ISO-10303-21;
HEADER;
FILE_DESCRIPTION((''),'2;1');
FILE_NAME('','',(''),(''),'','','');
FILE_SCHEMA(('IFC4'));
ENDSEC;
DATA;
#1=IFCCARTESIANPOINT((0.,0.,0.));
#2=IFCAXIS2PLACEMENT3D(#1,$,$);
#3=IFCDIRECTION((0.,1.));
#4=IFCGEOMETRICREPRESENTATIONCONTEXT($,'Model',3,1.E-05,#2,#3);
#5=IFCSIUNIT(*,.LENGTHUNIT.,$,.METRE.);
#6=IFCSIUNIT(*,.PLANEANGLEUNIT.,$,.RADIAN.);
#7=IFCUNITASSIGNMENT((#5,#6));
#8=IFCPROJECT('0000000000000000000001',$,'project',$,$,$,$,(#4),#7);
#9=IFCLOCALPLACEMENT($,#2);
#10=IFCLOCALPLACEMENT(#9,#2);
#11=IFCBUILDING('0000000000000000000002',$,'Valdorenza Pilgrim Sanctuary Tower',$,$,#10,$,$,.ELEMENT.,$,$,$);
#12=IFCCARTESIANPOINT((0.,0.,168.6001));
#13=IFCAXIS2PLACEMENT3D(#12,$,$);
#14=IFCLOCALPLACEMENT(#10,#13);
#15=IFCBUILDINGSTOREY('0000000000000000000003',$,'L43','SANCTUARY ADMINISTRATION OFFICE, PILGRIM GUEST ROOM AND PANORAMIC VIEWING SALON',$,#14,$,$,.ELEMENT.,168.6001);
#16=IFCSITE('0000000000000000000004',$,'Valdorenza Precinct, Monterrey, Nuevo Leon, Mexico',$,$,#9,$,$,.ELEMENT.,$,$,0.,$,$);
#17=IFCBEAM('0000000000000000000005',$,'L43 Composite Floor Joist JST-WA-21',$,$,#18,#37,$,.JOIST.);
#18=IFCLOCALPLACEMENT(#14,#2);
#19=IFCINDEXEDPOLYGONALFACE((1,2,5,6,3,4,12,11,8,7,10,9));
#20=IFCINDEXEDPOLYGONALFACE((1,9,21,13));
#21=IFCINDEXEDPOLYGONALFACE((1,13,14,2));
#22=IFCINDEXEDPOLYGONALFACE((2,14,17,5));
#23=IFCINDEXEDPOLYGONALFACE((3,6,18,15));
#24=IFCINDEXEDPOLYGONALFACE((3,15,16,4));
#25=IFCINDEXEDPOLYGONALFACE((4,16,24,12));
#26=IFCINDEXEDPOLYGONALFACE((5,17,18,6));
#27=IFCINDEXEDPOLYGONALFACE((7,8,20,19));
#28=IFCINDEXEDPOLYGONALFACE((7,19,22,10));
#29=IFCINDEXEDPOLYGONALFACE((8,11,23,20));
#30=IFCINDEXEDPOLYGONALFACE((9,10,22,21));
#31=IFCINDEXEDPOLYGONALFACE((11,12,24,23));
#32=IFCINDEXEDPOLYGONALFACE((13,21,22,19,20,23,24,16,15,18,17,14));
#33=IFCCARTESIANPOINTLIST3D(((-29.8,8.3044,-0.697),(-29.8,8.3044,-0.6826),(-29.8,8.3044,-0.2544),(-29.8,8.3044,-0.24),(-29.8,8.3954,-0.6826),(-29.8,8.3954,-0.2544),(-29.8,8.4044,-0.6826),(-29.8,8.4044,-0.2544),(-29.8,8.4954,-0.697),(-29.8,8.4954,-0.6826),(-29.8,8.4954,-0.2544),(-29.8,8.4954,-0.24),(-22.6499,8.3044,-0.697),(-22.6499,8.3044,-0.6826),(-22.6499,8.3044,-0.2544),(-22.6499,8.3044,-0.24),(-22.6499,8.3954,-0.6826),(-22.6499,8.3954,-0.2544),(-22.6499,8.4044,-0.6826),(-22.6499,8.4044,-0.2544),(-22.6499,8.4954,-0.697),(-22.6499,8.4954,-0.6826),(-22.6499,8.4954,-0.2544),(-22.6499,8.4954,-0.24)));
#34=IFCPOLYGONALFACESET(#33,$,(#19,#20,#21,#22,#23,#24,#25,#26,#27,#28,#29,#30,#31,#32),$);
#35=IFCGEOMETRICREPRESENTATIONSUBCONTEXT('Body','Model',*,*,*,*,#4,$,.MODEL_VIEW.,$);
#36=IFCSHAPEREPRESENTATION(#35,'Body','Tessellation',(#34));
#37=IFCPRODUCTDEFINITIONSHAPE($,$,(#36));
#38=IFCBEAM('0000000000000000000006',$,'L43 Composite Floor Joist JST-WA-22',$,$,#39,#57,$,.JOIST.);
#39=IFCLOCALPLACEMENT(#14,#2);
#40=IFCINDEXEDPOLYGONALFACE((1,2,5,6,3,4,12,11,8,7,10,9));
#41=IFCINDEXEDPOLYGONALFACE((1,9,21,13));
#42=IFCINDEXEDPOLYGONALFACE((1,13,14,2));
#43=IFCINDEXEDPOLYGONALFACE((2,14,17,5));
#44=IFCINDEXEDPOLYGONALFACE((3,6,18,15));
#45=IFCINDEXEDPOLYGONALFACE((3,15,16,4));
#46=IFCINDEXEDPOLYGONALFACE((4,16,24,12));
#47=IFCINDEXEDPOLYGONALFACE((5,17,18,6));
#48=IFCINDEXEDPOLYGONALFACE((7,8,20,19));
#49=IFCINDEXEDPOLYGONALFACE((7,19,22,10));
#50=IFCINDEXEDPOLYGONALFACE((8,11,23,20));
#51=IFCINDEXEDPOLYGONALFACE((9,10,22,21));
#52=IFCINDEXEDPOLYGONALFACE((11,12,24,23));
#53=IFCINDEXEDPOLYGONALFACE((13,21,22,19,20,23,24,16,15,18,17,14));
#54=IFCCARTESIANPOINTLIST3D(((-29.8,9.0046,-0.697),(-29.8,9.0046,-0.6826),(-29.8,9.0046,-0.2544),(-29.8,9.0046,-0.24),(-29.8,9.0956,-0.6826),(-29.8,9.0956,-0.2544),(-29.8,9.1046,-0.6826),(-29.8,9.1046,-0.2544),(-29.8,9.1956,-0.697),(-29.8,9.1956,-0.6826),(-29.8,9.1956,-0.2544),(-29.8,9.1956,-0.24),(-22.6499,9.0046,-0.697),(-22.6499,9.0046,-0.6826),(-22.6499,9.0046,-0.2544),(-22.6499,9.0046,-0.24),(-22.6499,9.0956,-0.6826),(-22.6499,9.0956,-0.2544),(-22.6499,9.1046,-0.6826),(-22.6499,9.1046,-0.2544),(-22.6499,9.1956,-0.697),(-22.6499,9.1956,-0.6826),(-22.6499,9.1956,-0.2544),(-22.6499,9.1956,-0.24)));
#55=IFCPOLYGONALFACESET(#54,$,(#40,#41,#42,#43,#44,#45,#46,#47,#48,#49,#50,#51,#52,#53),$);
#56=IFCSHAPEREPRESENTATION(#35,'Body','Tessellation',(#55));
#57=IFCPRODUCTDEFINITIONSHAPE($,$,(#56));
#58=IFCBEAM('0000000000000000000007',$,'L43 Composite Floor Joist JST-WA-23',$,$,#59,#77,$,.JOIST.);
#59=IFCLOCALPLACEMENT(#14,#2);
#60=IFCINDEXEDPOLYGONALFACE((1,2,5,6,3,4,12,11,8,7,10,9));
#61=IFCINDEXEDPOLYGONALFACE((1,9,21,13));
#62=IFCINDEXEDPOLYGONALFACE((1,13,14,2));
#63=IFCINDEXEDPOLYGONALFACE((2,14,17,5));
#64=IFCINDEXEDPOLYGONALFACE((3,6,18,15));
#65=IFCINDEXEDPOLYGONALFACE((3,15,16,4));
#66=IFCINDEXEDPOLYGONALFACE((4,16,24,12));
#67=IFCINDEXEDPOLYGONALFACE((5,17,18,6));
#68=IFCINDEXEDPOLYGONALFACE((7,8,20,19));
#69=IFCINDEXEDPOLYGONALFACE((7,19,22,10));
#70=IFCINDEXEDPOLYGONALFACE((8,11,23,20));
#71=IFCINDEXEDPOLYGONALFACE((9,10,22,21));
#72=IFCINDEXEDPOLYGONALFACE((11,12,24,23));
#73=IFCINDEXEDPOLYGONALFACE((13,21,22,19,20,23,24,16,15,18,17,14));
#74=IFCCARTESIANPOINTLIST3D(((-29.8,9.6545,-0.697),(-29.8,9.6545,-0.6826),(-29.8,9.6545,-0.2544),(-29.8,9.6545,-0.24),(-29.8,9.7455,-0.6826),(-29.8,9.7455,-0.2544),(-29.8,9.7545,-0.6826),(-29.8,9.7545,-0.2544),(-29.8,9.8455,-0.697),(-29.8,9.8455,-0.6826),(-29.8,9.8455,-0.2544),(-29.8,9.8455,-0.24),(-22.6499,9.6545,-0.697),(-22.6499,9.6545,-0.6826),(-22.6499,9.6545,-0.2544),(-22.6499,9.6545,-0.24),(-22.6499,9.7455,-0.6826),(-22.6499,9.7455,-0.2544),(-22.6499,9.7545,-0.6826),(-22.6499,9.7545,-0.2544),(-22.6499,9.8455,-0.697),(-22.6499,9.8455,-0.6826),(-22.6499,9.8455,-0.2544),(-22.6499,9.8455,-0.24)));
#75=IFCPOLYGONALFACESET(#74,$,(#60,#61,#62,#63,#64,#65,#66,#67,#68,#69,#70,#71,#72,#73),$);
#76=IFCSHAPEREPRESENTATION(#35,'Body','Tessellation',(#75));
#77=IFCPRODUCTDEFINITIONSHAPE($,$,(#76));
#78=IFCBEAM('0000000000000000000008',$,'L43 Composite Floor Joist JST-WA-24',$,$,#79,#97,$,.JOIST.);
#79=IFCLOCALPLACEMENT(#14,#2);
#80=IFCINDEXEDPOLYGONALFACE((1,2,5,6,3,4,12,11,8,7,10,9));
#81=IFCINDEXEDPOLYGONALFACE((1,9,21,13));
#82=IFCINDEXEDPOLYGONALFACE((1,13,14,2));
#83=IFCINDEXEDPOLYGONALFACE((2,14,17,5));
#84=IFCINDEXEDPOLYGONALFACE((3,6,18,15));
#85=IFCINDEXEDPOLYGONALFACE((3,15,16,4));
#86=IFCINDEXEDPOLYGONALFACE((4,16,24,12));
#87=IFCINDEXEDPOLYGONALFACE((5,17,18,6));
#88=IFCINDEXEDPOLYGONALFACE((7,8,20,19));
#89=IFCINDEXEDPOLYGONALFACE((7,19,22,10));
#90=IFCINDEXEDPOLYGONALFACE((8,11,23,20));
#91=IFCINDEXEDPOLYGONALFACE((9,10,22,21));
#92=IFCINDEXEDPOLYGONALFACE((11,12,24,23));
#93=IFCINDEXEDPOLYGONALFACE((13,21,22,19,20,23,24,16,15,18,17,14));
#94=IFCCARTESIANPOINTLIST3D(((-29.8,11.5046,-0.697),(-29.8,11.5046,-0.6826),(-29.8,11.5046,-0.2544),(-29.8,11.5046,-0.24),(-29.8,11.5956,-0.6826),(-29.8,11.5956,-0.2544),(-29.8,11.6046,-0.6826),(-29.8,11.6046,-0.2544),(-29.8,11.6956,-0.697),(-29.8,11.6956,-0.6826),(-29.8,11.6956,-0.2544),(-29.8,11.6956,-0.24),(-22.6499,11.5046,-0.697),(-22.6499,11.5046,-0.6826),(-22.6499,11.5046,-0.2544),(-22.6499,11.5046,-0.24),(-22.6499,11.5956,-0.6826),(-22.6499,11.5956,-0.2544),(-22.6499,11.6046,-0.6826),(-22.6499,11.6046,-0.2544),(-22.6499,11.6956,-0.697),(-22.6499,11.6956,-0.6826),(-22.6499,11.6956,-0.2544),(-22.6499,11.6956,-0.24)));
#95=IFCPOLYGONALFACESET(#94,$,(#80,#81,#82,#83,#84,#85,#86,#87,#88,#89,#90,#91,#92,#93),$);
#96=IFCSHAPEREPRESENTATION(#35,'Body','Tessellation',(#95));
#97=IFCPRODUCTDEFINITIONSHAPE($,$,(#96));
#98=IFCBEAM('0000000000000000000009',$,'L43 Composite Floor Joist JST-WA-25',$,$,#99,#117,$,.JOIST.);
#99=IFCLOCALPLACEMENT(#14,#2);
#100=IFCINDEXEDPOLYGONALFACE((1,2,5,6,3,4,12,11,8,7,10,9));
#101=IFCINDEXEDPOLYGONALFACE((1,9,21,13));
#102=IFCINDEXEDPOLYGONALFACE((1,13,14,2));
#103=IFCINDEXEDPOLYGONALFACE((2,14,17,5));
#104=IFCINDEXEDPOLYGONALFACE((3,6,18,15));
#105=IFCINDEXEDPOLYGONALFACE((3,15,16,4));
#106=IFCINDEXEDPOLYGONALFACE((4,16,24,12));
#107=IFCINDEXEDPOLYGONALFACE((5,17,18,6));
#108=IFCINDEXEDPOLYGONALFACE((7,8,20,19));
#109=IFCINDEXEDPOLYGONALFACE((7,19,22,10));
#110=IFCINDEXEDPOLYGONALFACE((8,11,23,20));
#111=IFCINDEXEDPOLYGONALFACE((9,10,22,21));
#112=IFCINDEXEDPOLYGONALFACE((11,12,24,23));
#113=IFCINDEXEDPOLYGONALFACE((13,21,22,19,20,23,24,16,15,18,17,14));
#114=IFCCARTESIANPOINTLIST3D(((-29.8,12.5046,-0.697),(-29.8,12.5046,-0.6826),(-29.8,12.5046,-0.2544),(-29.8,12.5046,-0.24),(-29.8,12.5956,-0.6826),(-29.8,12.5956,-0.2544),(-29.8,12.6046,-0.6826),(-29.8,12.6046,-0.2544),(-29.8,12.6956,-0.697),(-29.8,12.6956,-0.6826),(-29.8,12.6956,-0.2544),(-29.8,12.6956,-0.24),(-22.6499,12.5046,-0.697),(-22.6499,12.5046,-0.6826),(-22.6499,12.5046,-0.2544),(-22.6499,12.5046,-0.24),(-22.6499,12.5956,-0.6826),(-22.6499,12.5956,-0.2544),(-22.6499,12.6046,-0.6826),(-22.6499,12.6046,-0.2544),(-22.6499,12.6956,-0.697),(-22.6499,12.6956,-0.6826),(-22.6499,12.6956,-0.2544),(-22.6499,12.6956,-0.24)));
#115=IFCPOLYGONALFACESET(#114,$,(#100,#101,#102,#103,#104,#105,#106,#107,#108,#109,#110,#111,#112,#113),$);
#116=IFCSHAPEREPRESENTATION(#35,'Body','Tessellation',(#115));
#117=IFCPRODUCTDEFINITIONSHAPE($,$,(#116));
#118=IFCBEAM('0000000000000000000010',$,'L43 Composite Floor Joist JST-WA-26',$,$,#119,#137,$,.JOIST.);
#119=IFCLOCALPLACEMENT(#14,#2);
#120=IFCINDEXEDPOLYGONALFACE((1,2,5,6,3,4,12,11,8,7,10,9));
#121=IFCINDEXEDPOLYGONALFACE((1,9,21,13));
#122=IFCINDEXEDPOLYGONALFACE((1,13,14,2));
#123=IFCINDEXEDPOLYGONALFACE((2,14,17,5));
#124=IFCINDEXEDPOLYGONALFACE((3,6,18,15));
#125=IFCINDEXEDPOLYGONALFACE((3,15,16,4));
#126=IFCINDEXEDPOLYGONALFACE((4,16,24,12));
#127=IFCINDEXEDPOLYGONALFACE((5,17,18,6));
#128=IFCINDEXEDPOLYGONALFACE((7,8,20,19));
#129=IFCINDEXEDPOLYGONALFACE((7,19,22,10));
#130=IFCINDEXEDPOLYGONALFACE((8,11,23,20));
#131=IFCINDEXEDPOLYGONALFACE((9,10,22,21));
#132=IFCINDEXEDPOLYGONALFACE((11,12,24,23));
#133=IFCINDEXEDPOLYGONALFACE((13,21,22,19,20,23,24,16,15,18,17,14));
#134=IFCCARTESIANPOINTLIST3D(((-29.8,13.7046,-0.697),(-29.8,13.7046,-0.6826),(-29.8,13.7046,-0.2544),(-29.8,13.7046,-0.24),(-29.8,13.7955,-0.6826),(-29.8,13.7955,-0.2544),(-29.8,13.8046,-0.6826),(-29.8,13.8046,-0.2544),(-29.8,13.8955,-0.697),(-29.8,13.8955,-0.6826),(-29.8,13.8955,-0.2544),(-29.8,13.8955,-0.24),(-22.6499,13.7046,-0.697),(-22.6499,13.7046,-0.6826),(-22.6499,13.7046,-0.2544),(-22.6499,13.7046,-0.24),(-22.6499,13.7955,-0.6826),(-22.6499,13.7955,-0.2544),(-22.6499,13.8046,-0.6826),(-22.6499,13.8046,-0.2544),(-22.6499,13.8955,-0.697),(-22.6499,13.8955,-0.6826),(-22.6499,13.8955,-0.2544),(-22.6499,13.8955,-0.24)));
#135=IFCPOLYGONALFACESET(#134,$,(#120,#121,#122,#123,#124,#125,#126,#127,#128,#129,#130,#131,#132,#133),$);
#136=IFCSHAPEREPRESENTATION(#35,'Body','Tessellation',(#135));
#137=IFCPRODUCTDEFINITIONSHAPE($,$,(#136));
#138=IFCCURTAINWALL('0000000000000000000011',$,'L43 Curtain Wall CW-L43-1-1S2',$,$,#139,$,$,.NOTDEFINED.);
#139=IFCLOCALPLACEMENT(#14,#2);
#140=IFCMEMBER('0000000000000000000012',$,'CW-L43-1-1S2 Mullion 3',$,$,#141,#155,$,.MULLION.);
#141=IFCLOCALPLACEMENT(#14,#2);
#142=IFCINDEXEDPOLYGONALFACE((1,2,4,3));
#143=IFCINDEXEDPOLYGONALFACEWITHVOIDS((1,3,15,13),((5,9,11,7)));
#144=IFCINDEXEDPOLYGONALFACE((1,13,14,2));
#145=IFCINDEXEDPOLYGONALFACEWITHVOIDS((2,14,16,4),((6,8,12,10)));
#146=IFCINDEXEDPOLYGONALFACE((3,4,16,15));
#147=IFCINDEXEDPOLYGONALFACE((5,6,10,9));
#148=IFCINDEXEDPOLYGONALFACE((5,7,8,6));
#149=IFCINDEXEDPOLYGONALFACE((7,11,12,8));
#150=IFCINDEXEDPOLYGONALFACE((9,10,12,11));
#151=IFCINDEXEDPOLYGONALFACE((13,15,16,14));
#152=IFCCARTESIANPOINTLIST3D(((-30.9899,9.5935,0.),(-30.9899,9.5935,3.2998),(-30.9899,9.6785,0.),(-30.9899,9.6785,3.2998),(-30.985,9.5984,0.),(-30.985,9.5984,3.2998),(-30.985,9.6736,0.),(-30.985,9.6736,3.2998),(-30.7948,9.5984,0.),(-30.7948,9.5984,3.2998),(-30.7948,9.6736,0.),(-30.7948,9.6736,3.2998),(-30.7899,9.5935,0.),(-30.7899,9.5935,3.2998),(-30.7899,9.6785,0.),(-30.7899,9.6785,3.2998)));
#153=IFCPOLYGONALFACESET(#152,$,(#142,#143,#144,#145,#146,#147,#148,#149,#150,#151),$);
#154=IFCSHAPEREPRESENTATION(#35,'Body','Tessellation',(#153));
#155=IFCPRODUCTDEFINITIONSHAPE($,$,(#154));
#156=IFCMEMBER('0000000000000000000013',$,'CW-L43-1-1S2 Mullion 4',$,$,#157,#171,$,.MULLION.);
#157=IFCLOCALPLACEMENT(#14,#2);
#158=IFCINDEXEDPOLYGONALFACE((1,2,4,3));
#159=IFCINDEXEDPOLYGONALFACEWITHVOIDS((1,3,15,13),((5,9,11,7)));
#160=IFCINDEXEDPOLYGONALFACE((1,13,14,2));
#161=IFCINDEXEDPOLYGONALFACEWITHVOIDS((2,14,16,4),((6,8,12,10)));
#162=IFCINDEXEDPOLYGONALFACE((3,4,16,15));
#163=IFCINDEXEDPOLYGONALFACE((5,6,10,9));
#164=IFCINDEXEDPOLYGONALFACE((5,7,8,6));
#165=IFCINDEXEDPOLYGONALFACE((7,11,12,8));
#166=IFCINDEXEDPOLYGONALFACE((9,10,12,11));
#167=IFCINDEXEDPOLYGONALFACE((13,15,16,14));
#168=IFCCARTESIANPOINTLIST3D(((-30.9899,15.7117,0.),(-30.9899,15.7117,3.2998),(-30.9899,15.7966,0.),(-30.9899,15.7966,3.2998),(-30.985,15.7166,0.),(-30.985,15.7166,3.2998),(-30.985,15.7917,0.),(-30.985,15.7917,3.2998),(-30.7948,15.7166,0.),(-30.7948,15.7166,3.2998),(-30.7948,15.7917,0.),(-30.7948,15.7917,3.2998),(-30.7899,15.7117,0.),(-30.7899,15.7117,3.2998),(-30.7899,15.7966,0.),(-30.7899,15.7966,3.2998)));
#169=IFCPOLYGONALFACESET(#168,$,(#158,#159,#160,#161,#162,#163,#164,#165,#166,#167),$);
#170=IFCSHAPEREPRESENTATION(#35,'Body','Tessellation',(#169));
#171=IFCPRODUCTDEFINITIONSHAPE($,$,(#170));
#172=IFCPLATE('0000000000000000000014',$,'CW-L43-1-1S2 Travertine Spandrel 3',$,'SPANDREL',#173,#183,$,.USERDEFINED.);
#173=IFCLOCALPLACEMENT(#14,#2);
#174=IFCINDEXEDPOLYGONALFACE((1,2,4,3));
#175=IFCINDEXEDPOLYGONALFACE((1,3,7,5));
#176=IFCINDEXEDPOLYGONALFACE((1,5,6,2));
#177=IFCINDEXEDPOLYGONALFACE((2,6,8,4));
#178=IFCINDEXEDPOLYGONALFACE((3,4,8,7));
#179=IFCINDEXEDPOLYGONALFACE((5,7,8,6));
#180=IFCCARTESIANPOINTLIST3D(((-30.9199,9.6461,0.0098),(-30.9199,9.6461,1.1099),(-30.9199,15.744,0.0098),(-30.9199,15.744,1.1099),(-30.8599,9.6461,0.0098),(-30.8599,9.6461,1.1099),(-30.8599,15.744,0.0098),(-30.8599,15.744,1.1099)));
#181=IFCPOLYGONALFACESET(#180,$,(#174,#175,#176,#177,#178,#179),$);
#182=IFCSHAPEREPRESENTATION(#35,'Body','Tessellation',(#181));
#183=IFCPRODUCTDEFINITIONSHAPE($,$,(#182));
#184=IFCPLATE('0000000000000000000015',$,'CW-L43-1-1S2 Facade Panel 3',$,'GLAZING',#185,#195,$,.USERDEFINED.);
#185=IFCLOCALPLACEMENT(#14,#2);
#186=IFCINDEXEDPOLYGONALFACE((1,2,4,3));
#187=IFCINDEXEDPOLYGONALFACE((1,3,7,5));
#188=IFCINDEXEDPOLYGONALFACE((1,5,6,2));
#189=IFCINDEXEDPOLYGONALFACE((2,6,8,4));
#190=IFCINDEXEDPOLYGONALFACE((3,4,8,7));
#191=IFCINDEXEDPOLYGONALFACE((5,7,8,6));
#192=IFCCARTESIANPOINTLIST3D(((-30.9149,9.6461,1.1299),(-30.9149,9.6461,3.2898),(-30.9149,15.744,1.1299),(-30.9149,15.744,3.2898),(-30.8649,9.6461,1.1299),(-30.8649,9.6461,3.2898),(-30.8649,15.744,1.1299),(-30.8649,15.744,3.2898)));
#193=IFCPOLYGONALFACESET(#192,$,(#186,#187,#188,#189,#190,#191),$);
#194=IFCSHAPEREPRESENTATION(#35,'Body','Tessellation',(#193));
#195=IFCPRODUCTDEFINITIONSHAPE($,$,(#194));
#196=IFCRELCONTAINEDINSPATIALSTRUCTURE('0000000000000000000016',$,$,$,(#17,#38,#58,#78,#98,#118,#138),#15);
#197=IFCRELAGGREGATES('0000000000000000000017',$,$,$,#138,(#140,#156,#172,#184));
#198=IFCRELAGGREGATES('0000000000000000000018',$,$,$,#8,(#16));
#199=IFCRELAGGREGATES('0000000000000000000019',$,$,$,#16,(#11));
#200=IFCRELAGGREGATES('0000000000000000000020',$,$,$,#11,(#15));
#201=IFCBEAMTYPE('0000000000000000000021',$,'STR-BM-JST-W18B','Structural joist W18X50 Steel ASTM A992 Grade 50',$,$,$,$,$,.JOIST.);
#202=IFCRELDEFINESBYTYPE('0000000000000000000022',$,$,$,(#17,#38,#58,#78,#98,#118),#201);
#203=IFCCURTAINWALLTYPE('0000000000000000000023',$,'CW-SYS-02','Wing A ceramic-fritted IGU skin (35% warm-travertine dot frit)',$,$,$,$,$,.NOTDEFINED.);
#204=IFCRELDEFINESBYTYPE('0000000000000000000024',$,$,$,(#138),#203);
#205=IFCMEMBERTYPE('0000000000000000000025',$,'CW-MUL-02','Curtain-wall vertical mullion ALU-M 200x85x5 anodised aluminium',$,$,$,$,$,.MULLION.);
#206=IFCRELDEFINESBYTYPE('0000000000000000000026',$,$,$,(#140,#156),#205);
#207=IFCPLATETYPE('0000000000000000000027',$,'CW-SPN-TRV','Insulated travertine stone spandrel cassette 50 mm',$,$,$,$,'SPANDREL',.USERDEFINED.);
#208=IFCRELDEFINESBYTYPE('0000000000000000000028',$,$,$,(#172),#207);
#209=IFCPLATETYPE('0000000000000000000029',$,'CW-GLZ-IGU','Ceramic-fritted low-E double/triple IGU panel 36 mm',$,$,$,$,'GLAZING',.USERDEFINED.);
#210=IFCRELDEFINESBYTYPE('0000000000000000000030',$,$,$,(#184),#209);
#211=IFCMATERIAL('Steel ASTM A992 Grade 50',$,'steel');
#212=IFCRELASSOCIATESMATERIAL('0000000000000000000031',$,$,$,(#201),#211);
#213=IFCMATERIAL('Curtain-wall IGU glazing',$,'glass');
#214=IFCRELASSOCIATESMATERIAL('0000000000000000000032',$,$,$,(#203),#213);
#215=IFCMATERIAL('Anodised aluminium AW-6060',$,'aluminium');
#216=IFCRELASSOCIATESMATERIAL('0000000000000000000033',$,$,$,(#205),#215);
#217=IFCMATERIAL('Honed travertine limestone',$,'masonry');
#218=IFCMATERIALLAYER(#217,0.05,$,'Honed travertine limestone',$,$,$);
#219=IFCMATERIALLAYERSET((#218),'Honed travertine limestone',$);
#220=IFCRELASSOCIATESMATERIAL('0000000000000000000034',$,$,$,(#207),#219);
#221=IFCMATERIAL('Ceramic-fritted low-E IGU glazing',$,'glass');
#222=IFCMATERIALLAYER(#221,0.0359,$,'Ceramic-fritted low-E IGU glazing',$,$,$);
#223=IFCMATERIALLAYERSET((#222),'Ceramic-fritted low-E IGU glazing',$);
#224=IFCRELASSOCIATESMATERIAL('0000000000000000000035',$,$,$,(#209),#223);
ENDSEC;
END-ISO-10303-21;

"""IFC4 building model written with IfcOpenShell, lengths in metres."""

from ifc_helpers import new_model, si_unit, direction, frame, origin, origin_2d, place, context, subcontext, project, spatial, rectangle, hollow_rectangle, i_section, extrude, source, transform, mapped, material, layer, layer_set, material_profile, profile_set, type_object, element, aggregate, save


model = new_model("IFC4")

# Units and contexts
model_context = context("Model", 3, precision=1e-05, world=origin(), true_north=direction((0.0, 1.0)))
body_context = subcontext(model_context, "Body", "Model", "MODEL_VIEW")
ifc_project = project(units=[si_unit("LENGTHUNIT", "METRE"), si_unit("PLANEANGLEUNIT", "RADIAN")], contexts=[model_context])

# Site, building, storey
site_placement = place(None, origin())
site = spatial("IfcSite", under=ifc_project, at=site_placement, Name="Valdorenza Precinct, Monterrey, Nuevo Leon, Mexico", CompositionType="ELEMENT", RefElevation=0.0)
building_placement = place(site_placement, origin())
building = spatial("IfcBuilding", under=site, at=building_placement, Name="Valdorenza Pilgrim Sanctuary Tower", CompositionType="ELEMENT")
storey_placement = place(building_placement, frame((0.0, 0.0, 168.6001)))
storey = spatial("IfcBuildingStorey", under=building, at=storey_placement, Name="L43", Description="SANCTUARY ADMINISTRATION OFFICE, PILGRIM GUEST ROOM AND PANORAMIC VIEWING SALON", CompositionType="ELEMENT", Elevation=168.6001)

# Beams
ifc_material_1 = material(Name="Steel ASTM A992 Grade 50", Category="steel")
ifc_material_profile_1 = material_profile(ifc_material_1, i_section(OverallWidth=0.1909, OverallDepth=0.457, WebThickness=0.009, FlangeThickness=0.0144, at=origin_2d()), Name="W18X50")
ifc_profile_set_1 = profile_set([ifc_material_profile_1], Name="Steel ASTM A992 Grade 50")
beam_type_1 = type_object("IfcBeamType", Name="STR-BM-JST-W18B", Description="Structural joist W18X50 Steel ASTM A992 Grade 50", PredefinedType="JOIST", material=ifc_profile_set_1)
shared_shape_1 = source(origin(), body_context, "Body", "SweptSolid", [
    extrude(i_section(OverallWidth=0.1909, OverallDepth=0.457, WebThickness=0.009, FlangeThickness=0.0144, at=origin_2d()), origin(), (0.0, 0.0, 1.0), 7.1501),
])
for number, where, z_axis, x_axis, name in (
    (1, (-29.8, 8.3999, -0.4685), (1.0, 0.0, 0.0), (0.0, 1.0, 0.0), "L43 Composite Floor Joist JST-WA-21"),
    (2, (-29.8, 9.1001, -0.4685), (1.0, 0.0, 0.0), (0.0, 1.0, 0.0), "L43 Composite Floor Joist JST-WA-22"),
    (3, (-29.8, 9.75, -0.4685), (1.0, 0.0, 0.0), (0.0, 1.0, 0.0), "L43 Composite Floor Joist JST-WA-23"),
    (4, (-29.8, 11.6001, -0.4685), (1.0, 0.0, 0.0), (0.0, 1.0, 0.0), "L43 Composite Floor Joist JST-WA-24"),
    (5, (-29.8, 12.6001, -0.4685), (1.0, 0.0, 0.0), (0.0, 1.0, 0.0), "L43 Composite Floor Joist JST-WA-25"),
    (6, (-29.8, 13.8, -0.4685), (1.0, 0.0, 0.0), (0.0, 1.0, 0.0), "L43 Composite Floor Joist JST-WA-26"),
):
    element("IfcBeam", number, at=place(storey_placement, frame(where, z_axis=z_axis, x_axis=x_axis)), inside=storey, type_object=beam_type_1, Name=name, PredefinedType="JOIST", context=body_context, shape_type="MappedRepresentation", body=[
        mapped(shared_shape_1, transform((0.0, 0.0, 0.0), x_axis=(1.0, 0.0, 0.0), y_axis=(0.0, 1.0, 0.0), z_axis=(0.0, 0.0, 1.0), scale=1.0)),
    ])

# Curtain wall, members, plates
ifc_material_2 = material(Name="Curtain-wall IGU glazing", Category="glass")
curtain_wall_type = type_object("IfcCurtainWallType", Name="CW-SYS-02", Description="Wing A ceramic-fritted IGU skin (35% warm-travertine dot frit)", PredefinedType="NOTDEFINED", material=ifc_material_2)
curtain_wall_placement = place(storey_placement, origin())
curtain_wall = element("IfcCurtainWall", 7, at=curtain_wall_placement, inside=storey, type_object=curtain_wall_type, Name="L43 Curtain Wall CW-L43-1-1S2", PredefinedType="NOTDEFINED")
ifc_material_3 = material(Name="Anodised aluminium AW-6060", Category="aluminium")
ifc_material_profile_2 = material_profile(ifc_material_3, hollow_rectangle(XDim=0.085, YDim=0.2, WallThickness=0.0049, at=origin_2d()), Name="ALU-M 200x85x5")
ifc_profile_set_2 = profile_set([ifc_material_profile_2], Name="Anodised aluminium AW-6060")
member_type = type_object("IfcMemberType", Name="CW-MUL-02", Description="Curtain-wall vertical mullion ALU-M 200x85x5 anodised aluminium", PredefinedType="MULLION", material=ifc_profile_set_2)
shared_shape_2 = source(origin(), body_context, "Body", "SweptSolid", [
    extrude(hollow_rectangle(XDim=0.085, YDim=0.2, WallThickness=0.0049, at=origin_2d()), origin(), (0.0, 0.0, 1.0), 3.2998),
])
member_1_placement = place(storey_placement, frame((-30.8899, 9.636, 0.0), z_axis=(0.0, 0.0, 1.0), x_axis=(0.0, 1.0, 0.0)))
member_1 = element("IfcMember", 8, at=member_1_placement, type_object=member_type, Name="CW-L43-1-1S2 Mullion 3", PredefinedType="MULLION", context=body_context, shape_type="MappedRepresentation", body=[
    mapped(shared_shape_2, transform((0.0, 0.0, 0.0), x_axis=(1.0, 0.0, 0.0), y_axis=(0.0, 1.0, 0.0), z_axis=(0.0, 0.0, 1.0), scale=1.0)),
])
member_2_placement = place(storey_placement, frame((-30.8899, 15.7542, 0.0), z_axis=(0.0, 0.0, 1.0), x_axis=(0.0, 1.0, 0.0)))
member_2 = element("IfcMember", 9, at=member_2_placement, type_object=member_type, Name="CW-L43-1-1S2 Mullion 4", PredefinedType="MULLION", context=body_context, shape_type="MappedRepresentation", body=[
    mapped(shared_shape_2, transform((0.0, 0.0, 0.0), x_axis=(1.0, 0.0, 0.0), y_axis=(0.0, 1.0, 0.0), z_axis=(0.0, 0.0, 1.0), scale=1.0)),
])
ifc_material_4 = material(Name="Honed travertine limestone", Category="masonry")
ifc_layer_1 = layer(ifc_material_4, 0.05, Name="Honed travertine limestone")
ifc_layer_set_1 = layer_set([ifc_layer_1], Name="Honed travertine limestone")
plate_type_1 = type_object("IfcPlateType", Name="CW-SPN-TRV", Description="Insulated travertine stone spandrel cassette 50 mm", ElementType="SPANDREL", PredefinedType="USERDEFINED", material=ifc_layer_set_1)
shared_shape_3 = source(origin(), body_context, "Body", "SweptSolid", [
    extrude(rectangle(XDim=6.0979, YDim=0.0601, at=origin_2d()), origin(), (0.0, 0.0, 1.0), 1.1001),
])
plate_1_placement = place(storey_placement, frame((-30.8899, 12.6951, 0.0098), z_axis=(0.0, 0.0, 1.0), x_axis=(0.0, 1.0, 0.0)))
plate_1 = element("IfcPlate", 10, at=plate_1_placement, type_object=plate_type_1, Name="CW-L43-1-1S2 Travertine Spandrel 3", ObjectType="SPANDREL", PredefinedType="USERDEFINED", context=body_context, shape_type="MappedRepresentation", body=[
    mapped(shared_shape_3, transform((0.0, 0.0, 0.0), x_axis=(1.0, 0.0, 0.0), y_axis=(0.0, 1.0, 0.0), z_axis=(0.0, 0.0, 1.0), scale=1.0)),
])
ifc_material_5 = material(Name="Ceramic-fritted low-E IGU glazing", Category="glass")
ifc_layer_2 = layer(ifc_material_5, 0.0359, Name="Ceramic-fritted low-E IGU glazing")
ifc_layer_set_2 = layer_set([ifc_layer_2], Name="Ceramic-fritted low-E IGU glazing")
plate_type_2 = type_object("IfcPlateType", Name="CW-GLZ-IGU", Description="Ceramic-fritted low-E double/triple IGU panel 36 mm", ElementType="GLAZING", PredefinedType="USERDEFINED", material=ifc_layer_set_2)
shared_shape_4 = source(origin(), body_context, "Body", "SweptSolid", [
    extrude(rectangle(XDim=6.0979, YDim=0.05, at=origin_2d()), origin(), (0.0, 0.0, 1.0), 2.1599),
])
plate_2_placement = place(storey_placement, frame((-30.8899, 12.6951, 1.1299), z_axis=(0.0, 0.0, 1.0), x_axis=(0.0, 1.0, 0.0)))
plate_2 = element("IfcPlate", 11, at=plate_2_placement, type_object=plate_type_2, Name="CW-L43-1-1S2 Facade Panel 3", ObjectType="GLAZING", PredefinedType="USERDEFINED", context=body_context, shape_type="MappedRepresentation", body=[
    mapped(shared_shape_4, transform((0.0, 0.0, 0.0), x_axis=(1.0, 0.0, 0.0), y_axis=(0.0, 1.0, 0.0), z_axis=(0.0, 0.0, 1.0), scale=1.0)),
])
aggregate(curtain_wall, [member_1, member_2, plate_1, plate_2])

save(model, "model.ifc")
